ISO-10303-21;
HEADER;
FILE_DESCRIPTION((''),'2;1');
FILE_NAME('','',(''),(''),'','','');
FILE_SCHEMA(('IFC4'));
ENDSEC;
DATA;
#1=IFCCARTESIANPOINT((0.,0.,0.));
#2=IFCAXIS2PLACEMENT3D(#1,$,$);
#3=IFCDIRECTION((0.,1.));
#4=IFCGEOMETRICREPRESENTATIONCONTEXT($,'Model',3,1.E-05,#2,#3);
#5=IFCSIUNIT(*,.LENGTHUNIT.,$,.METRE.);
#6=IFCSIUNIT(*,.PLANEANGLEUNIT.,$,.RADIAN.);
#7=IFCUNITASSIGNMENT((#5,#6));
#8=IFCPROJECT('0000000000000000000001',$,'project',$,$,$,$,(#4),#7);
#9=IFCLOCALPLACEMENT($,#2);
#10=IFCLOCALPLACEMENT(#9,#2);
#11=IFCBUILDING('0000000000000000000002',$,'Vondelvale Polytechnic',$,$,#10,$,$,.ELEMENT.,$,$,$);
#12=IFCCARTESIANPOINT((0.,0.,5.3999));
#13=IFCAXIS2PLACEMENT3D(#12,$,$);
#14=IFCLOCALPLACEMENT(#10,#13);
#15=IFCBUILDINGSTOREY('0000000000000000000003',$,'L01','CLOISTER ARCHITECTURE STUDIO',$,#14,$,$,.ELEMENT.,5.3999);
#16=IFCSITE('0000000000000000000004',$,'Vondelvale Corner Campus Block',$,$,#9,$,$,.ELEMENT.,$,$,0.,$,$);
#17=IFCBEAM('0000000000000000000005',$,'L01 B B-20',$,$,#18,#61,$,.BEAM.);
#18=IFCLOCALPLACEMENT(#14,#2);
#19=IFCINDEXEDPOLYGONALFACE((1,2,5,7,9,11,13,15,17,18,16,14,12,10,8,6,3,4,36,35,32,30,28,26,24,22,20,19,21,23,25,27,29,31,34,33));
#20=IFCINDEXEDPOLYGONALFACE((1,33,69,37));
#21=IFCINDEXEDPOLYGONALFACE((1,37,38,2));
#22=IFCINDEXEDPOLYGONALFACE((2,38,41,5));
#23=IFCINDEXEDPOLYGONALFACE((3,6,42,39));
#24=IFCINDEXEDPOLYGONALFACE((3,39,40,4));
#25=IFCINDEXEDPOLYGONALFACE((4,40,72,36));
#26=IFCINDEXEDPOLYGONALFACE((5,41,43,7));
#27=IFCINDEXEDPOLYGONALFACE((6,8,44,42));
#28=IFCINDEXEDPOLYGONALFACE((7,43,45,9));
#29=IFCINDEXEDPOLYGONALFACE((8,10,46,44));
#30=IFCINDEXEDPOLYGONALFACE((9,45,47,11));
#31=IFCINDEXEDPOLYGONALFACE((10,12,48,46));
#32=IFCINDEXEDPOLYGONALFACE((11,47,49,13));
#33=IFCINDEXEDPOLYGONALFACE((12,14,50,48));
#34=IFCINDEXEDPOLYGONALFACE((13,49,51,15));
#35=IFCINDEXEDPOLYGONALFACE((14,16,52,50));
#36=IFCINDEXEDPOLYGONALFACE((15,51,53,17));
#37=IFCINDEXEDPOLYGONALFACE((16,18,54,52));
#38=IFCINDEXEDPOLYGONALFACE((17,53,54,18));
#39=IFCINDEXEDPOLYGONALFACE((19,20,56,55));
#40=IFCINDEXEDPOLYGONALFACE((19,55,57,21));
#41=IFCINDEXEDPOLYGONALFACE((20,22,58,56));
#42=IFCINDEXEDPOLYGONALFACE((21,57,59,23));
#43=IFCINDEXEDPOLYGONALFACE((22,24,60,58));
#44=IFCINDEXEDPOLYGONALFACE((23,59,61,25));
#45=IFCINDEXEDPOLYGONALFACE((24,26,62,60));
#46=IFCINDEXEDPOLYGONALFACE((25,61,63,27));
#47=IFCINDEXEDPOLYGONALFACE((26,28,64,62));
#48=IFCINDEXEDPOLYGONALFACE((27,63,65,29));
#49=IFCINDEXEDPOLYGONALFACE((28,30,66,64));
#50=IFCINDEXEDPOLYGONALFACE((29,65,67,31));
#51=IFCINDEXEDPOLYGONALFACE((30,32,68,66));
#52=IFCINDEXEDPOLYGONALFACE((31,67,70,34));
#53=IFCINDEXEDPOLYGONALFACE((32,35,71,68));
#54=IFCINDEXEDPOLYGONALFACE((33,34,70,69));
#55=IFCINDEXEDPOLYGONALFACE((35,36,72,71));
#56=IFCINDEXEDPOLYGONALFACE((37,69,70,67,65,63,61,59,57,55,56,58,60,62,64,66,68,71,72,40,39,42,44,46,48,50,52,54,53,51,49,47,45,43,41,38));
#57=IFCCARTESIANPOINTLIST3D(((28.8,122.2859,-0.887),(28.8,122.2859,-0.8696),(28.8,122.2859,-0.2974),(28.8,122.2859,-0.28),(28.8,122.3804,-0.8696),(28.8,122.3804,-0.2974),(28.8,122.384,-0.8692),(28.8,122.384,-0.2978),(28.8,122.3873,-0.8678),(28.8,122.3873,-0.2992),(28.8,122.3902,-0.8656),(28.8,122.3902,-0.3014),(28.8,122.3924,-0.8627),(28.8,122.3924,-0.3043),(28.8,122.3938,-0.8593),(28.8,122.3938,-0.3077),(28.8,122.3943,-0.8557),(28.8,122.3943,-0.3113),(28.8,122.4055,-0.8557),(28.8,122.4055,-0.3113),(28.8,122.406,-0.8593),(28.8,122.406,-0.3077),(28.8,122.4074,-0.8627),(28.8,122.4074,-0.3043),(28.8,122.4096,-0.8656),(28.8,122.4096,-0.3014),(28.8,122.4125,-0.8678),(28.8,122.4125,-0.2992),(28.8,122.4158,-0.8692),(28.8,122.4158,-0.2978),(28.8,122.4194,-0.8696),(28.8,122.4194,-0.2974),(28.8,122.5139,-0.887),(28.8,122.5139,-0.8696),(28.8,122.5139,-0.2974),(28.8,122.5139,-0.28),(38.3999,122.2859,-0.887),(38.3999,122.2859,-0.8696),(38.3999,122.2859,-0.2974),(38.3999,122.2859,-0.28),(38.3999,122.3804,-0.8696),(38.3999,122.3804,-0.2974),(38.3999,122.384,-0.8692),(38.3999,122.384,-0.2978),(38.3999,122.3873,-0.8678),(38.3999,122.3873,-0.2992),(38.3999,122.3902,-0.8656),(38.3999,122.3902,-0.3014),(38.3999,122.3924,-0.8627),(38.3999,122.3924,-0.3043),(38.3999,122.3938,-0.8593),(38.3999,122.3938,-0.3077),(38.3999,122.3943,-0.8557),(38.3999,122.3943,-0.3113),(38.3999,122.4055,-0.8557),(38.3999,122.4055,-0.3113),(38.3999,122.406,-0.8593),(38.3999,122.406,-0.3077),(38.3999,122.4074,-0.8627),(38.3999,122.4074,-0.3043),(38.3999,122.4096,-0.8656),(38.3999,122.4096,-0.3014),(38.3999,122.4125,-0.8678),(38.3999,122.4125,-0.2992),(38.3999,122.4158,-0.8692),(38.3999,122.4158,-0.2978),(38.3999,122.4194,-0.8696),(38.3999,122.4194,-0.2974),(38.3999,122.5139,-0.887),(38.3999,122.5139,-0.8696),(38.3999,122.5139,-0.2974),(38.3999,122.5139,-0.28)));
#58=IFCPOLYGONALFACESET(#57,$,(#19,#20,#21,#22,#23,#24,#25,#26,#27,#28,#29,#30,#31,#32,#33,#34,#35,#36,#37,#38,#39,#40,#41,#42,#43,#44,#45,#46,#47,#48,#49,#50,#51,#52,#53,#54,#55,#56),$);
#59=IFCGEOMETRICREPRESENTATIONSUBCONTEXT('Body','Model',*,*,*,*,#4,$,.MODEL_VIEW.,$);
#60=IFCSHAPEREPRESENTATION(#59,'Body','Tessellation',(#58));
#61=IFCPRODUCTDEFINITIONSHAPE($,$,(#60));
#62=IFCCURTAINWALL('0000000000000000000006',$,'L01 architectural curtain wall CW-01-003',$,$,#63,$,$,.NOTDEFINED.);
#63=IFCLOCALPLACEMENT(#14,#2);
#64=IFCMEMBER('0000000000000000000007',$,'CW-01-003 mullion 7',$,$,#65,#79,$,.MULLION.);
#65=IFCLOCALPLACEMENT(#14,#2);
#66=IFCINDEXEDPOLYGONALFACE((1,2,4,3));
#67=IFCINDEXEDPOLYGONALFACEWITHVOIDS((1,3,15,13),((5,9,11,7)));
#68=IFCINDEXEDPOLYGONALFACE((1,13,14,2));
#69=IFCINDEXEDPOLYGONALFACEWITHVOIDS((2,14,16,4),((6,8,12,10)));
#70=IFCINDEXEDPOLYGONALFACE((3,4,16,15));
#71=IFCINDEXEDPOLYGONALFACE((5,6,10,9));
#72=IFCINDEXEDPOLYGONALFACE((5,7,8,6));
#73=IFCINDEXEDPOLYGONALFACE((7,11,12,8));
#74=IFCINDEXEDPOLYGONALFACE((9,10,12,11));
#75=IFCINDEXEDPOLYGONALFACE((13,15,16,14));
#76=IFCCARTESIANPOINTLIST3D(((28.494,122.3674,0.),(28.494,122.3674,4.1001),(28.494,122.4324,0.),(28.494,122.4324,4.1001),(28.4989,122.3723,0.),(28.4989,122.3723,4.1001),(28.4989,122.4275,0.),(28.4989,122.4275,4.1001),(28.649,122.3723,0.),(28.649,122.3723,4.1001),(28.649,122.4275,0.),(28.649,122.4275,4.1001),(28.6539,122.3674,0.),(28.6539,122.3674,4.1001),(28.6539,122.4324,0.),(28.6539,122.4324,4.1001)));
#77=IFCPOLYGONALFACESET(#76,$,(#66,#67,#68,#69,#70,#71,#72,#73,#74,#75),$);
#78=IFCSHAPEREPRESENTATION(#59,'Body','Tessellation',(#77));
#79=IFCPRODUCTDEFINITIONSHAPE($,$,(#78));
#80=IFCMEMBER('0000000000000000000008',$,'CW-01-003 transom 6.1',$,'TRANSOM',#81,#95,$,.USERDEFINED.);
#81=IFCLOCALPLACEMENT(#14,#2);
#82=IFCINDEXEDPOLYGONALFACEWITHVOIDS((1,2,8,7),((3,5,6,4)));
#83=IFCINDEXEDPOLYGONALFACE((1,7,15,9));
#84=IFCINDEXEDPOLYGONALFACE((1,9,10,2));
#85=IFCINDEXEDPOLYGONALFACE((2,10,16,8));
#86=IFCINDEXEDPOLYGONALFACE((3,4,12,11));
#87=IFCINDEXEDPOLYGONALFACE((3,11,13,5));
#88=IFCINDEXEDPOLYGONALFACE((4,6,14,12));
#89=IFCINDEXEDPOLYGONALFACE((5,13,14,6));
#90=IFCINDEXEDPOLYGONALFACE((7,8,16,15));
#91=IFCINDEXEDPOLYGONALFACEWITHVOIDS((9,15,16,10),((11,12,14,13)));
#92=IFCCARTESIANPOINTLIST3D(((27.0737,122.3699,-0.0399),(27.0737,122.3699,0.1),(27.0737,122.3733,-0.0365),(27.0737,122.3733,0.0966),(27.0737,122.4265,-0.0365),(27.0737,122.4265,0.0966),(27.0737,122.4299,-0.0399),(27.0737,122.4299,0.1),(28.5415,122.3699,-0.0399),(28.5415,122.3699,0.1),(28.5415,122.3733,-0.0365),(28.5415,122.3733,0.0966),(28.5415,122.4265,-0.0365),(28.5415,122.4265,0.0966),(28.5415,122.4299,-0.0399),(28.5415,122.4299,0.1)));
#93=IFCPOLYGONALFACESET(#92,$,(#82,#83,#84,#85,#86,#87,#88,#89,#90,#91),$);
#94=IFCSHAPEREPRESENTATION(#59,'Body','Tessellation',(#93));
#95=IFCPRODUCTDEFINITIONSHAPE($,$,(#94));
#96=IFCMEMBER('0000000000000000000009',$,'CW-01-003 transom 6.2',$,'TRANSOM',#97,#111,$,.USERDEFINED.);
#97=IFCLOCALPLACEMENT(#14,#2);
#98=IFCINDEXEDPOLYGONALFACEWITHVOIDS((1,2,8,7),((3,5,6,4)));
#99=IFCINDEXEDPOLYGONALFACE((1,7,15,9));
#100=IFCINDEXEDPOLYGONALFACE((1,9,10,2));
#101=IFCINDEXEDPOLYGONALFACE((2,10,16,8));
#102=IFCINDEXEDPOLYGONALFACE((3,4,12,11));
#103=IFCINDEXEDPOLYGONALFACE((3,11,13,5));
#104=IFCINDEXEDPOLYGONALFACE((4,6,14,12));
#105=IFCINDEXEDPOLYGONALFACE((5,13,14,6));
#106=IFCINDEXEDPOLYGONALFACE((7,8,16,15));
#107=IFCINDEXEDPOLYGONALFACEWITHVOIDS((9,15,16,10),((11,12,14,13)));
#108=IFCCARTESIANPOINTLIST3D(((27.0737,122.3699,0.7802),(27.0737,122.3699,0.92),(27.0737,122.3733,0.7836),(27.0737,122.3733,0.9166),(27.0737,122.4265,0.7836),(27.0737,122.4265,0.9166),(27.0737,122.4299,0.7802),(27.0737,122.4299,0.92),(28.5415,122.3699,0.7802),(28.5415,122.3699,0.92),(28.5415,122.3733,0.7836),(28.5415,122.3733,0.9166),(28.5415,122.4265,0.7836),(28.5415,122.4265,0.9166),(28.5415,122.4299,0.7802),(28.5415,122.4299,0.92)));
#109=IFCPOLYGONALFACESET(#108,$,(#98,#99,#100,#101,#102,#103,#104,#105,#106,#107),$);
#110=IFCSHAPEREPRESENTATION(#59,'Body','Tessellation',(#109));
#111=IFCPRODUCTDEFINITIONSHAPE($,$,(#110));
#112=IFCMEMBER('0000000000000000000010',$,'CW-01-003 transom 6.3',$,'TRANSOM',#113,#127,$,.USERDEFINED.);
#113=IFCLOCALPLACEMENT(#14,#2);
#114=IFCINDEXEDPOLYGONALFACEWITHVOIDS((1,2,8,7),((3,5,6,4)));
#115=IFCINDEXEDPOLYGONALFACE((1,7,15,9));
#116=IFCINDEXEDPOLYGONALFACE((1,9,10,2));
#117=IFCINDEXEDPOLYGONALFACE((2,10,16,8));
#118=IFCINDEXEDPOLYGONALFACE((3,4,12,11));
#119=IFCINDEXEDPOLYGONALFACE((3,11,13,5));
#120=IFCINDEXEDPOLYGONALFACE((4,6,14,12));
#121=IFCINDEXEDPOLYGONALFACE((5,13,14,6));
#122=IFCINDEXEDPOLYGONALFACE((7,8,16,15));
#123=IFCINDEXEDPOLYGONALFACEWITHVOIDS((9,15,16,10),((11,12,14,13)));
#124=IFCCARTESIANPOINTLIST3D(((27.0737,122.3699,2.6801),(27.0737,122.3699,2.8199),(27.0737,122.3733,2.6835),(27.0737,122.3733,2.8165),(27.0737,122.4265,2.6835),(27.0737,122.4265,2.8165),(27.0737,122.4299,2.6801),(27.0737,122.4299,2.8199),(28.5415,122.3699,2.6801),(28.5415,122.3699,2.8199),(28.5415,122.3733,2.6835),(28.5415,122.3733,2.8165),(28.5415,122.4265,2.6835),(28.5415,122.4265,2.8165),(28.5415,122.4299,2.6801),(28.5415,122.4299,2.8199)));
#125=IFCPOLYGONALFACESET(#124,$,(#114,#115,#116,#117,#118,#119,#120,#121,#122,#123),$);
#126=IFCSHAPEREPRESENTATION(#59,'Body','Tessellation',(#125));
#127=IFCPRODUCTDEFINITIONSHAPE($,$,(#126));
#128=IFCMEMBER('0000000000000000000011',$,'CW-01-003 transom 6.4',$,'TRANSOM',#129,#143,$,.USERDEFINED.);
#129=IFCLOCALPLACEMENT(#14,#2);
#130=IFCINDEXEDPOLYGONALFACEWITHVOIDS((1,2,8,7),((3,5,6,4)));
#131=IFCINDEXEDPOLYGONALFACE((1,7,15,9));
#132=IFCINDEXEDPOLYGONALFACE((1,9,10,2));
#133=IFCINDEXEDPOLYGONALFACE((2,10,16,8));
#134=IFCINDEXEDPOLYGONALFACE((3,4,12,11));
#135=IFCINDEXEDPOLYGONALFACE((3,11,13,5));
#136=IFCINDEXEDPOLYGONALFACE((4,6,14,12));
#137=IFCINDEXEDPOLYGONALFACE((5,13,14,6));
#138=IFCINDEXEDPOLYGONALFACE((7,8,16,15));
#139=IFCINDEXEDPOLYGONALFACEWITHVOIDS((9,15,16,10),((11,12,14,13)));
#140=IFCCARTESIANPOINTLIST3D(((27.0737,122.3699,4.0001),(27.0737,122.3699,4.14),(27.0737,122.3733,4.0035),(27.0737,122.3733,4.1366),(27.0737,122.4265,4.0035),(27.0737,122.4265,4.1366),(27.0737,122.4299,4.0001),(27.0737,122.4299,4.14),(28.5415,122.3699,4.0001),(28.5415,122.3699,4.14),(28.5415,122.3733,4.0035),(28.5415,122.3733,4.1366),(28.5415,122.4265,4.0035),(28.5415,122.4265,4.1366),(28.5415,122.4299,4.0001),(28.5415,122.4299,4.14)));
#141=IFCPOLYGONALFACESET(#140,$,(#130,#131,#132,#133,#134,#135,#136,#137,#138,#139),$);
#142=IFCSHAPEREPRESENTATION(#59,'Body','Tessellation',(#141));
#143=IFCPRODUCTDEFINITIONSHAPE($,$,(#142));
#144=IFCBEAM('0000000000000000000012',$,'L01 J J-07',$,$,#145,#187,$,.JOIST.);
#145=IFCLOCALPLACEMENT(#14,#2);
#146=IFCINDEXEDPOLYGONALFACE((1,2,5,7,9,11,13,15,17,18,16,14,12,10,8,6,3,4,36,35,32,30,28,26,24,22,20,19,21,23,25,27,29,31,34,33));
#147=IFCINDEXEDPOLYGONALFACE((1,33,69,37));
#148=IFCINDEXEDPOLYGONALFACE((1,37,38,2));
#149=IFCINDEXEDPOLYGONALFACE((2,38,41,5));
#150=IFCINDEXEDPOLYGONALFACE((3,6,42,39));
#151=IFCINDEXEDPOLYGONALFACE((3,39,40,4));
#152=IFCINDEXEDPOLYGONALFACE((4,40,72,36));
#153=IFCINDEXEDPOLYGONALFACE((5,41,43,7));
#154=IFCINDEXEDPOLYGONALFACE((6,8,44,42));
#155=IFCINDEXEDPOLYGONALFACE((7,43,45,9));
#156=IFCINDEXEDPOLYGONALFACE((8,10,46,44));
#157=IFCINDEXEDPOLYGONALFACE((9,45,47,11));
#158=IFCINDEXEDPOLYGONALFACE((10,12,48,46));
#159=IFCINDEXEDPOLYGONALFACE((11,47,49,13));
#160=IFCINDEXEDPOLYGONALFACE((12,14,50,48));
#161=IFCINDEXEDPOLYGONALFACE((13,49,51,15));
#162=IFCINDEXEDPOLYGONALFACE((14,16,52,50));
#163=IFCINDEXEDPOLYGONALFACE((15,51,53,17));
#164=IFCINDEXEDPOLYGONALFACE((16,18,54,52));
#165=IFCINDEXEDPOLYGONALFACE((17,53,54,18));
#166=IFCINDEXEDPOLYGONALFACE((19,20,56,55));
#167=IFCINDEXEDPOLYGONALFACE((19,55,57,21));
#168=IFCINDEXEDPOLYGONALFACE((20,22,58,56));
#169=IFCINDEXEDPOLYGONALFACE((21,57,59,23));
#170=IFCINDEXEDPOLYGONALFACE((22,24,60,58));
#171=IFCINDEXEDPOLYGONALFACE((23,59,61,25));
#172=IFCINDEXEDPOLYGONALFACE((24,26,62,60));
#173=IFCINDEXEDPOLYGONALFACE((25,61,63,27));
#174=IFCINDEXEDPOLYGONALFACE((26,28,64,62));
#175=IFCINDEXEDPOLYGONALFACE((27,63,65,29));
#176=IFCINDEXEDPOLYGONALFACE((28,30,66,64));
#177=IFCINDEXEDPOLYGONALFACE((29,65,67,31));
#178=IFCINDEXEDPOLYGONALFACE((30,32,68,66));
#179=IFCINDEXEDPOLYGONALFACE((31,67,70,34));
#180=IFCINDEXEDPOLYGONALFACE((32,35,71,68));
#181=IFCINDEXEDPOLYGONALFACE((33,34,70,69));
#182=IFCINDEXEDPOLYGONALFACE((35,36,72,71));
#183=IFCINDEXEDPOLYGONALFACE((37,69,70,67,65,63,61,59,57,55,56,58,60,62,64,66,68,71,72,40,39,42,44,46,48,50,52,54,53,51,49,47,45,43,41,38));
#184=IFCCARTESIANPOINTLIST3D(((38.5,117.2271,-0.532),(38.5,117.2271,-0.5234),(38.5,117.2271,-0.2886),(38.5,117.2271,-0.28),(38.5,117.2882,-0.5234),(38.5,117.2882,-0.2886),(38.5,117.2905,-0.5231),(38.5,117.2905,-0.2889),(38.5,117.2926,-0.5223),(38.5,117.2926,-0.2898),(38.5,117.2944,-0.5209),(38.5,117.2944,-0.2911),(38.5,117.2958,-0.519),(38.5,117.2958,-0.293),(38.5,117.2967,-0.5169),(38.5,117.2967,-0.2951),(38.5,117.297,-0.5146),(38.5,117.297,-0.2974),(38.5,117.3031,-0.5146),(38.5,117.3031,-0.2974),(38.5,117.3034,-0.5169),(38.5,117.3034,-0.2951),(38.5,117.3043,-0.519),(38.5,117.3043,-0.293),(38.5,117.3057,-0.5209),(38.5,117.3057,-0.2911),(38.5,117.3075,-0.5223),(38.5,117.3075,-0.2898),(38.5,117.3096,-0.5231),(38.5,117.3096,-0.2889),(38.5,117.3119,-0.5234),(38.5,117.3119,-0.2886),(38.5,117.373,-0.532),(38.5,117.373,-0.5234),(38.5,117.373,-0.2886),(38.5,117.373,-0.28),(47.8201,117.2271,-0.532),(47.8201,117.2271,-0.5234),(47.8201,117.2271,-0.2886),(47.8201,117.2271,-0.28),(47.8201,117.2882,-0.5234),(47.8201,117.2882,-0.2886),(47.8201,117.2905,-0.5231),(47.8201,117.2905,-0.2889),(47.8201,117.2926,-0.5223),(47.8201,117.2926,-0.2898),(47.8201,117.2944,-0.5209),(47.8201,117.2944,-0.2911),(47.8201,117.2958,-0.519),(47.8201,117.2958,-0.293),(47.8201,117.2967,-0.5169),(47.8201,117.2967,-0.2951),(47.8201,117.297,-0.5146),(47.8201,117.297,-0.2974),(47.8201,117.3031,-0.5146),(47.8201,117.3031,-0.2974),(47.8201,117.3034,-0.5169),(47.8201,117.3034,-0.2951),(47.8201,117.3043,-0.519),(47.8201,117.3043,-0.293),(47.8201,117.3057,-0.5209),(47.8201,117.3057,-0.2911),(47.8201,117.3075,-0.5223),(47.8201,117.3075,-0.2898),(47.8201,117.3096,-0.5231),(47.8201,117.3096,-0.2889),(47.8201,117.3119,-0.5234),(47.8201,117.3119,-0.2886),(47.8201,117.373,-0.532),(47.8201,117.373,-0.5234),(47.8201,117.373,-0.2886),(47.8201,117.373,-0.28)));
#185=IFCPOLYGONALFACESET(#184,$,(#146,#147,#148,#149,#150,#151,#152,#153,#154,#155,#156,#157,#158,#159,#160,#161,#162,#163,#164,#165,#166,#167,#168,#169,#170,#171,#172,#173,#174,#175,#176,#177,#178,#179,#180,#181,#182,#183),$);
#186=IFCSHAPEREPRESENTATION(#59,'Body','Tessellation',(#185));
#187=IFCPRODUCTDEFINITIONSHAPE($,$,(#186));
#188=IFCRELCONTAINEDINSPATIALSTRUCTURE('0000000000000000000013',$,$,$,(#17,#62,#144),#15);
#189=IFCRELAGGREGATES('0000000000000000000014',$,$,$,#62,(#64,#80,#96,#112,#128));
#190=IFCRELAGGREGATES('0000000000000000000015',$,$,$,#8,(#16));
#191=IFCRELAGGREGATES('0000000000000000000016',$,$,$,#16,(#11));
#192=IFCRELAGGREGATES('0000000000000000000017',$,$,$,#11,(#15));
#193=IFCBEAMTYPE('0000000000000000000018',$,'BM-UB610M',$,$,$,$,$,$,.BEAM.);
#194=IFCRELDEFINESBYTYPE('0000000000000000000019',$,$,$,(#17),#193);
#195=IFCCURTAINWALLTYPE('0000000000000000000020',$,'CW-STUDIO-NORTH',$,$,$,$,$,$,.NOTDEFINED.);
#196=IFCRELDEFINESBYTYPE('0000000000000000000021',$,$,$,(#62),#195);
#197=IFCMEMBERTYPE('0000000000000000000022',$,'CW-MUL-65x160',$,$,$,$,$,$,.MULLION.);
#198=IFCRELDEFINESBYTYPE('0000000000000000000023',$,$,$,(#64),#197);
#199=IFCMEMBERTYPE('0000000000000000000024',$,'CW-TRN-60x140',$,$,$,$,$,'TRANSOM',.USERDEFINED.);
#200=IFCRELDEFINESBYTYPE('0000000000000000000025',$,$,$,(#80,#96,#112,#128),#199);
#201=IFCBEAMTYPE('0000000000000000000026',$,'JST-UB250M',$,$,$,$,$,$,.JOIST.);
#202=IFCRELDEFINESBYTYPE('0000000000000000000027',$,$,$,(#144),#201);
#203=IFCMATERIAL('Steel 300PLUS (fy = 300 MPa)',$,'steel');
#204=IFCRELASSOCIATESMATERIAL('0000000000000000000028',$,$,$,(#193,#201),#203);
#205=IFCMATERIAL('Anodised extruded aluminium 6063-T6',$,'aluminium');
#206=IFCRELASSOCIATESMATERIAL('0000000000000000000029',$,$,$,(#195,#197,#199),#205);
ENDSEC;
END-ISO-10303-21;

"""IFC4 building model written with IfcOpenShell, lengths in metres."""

from ifc_helpers import new_model, si_unit, direction, frame, origin, origin_2d, place, context, subcontext, project, spatial, hollow_rectangle, i_section, extrude, material, material_profile, profile_set, type_object, element, aggregate, save


model = new_model("IFC4")

# Units and contexts
model_context = context("Model", 3, precision=1e-05, world=origin(), true_north=direction((0.0, 1.0)))
body_context = subcontext(model_context, "Body", "Model", "MODEL_VIEW")
ifc_project = project(units=[si_unit("LENGTHUNIT", "METRE"), si_unit("PLANEANGLEUNIT", "RADIAN")], contexts=[model_context])

# Site, building, storey
site_placement = place(None, origin())
site = spatial("IfcSite", under=ifc_project, at=site_placement, Name="Vondelvale Corner Campus Block", CompositionType="ELEMENT", RefElevation=0.0)
building_placement = place(site_placement, origin())
building = spatial("IfcBuilding", under=site, at=building_placement, Name="Vondelvale Polytechnic", CompositionType="ELEMENT")
storey_placement = place(building_placement, frame((0.0, 0.0, 5.3999)))
storey = spatial("IfcBuildingStorey", under=building, at=storey_placement, Name="L01", Description="CLOISTER ARCHITECTURE STUDIO", CompositionType="ELEMENT", Elevation=5.3999)

# Shared definitions
ifc_material_1 = material(Name="Steel 300PLUS (fy = 300 MPa)", Category="steel")

# Beam
ifc_material_profile_1 = material_profile(ifc_material_1, i_section(OverallWidth=0.228, OverallDepth=0.6069, WebThickness=0.0112, FlangeThickness=0.0173, FilletRadius=0.0139, at=origin_2d()), Name="610UB113")
ifc_profile_set_1 = profile_set([ifc_material_profile_1], Name="Steel 300PLUS (fy = 300 MPa)")
beam_type_1 = type_object("IfcBeamType", Name="BM-UB610M", PredefinedType="BEAM", material=ifc_profile_set_1)
beam_1_placement = place(storey_placement, frame((28.8, 122.3999, -0.5835), z_axis=(1.0, 0.0, 0.0), x_axis=(0.0, 1.0, 0.0)))
element("IfcBeam", 1, at=beam_1_placement, inside=storey, type_object=beam_type_1, Name="L01 B B-20", PredefinedType="BEAM", context=body_context, shape_type="SweptSolid", body=[
    extrude(i_section(OverallWidth=0.228, OverallDepth=0.6069, WebThickness=0.0112, FlangeThickness=0.0173, FilletRadius=0.0139, at=origin_2d()), origin(), (0.0, 0.0, 1.0), 9.5999),
])

# Curtain wall, members
ifc_material_2 = material(Name="Anodised extruded aluminium 6063-T6", Category="aluminium")
curtain_wall_type = type_object("IfcCurtainWallType", Name="CW-STUDIO-NORTH", PredefinedType="NOTDEFINED", material=ifc_material_2)
curtain_wall_placement = place(storey_placement, origin())
curtain_wall = element("IfcCurtainWall", 2, at=curtain_wall_placement, inside=storey, type_object=curtain_wall_type, Name="L01 architectural curtain wall CW-01-003", PredefinedType="NOTDEFINED")
ifc_material_profile_2 = material_profile(ifc_material_2, hollow_rectangle(XDim=0.0649, YDim=0.1599, WallThickness=0.0049, at=origin_2d()), Name="CW-MUL-160x65")
ifc_profile_set_2 = profile_set([ifc_material_profile_2], Name="Anodised extruded aluminium 6063-T6")
member_type_1 = type_object("IfcMemberType", Name="CW-MUL-65x160", PredefinedType="MULLION", material=ifc_profile_set_2)
member_1_placement = place(storey_placement, frame((28.574, 122.3999, 0.0), z_axis=(0.0, 0.0, 1.0), x_axis=(0.0, 1.0, 0.0)))
member_1 = element("IfcMember", 3, at=member_1_placement, type_object=member_type_1, Name="CW-01-003 mullion 7", PredefinedType="MULLION", context=body_context, shape_type="SweptSolid", body=[
    extrude(hollow_rectangle(XDim=0.0649, YDim=0.1599, WallThickness=0.0049, at=origin_2d()), origin(), (0.0, 0.0, 1.0), 4.1001),
])
ifc_material_profile_3 = material_profile(ifc_material_2, hollow_rectangle(XDim=0.0601, YDim=0.1399, WallThickness=0.0034, at=origin_2d()), Name="CW-TRN-140x60")
ifc_profile_set_3 = profile_set([ifc_material_profile_3], Name="Anodised extruded aluminium 6063-T6")
member_type_2 = type_object("IfcMemberType", Name="CW-TRN-60x140", ElementType="TRANSOM", PredefinedType="USERDEFINED", material=ifc_profile_set_3)
member_2_placement = place(storey_placement, frame((27.0737, 122.3999, 0.03), z_axis=(1.0, 0.0, 0.0), x_axis=(0.0, 1.0, 0.0)))
member_2 = element("IfcMember", 4, at=member_2_placement, type_object=member_type_2, Name="CW-01-003 transom 6.1", ObjectType="TRANSOM", PredefinedType="USERDEFINED", context=body_context, shape_type="SweptSolid", body=[
    extrude(hollow_rectangle(XDim=0.0601, YDim=0.1399, WallThickness=0.0034, at=origin_2d()), origin(), (0.0, 0.0, 1.0), 1.4678),
])
member_3_placement = place(storey_placement, frame((27.0737, 122.3999, 0.8501), z_axis=(1.0, 0.0, 0.0), x_axis=(0.0, 1.0, 0.0)))
member_3 = element("IfcMember", 5, at=member_3_placement, type_object=member_type_2, Name="CW-01-003 transom 6.2", ObjectType="TRANSOM", PredefinedType="USERDEFINED", context=body_context, shape_type="SweptSolid", body=[
    extrude(hollow_rectangle(XDim=0.0601, YDim=0.1399, WallThickness=0.0034, at=origin_2d()), origin(), (0.0, 0.0, 1.0), 1.4678),
])
member_4_placement = place(storey_placement, frame((27.0737, 122.3999, 2.75), z_axis=(1.0, 0.0, 0.0), x_axis=(0.0, 1.0, 0.0)))
member_4 = element("IfcMember", 6, at=member_4_placement, type_object=member_type_2, Name="CW-01-003 transom 6.3", ObjectType="TRANSOM", PredefinedType="USERDEFINED", context=body_context, shape_type="SweptSolid", body=[
    extrude(hollow_rectangle(XDim=0.0601, YDim=0.1399, WallThickness=0.0034, at=origin_2d()), origin(), (0.0, 0.0, 1.0), 1.4678),
])
member_5_placement = place(storey_placement, frame((27.0737, 122.3999, 4.0701), z_axis=(1.0, 0.0, 0.0), x_axis=(0.0, 1.0, 0.0)))
member_5 = element("IfcMember", 7, at=member_5_placement, type_object=member_type_2, Name="CW-01-003 transom 6.4", ObjectType="TRANSOM", PredefinedType="USERDEFINED", context=body_context, shape_type="SweptSolid", body=[
    extrude(hollow_rectangle(XDim=0.0601, YDim=0.1399, WallThickness=0.0034, at=origin_2d()), origin(), (0.0, 0.0, 1.0), 1.4678),
])

# Beam
ifc_material_profile_4 = material_profile(ifc_material_1, i_section(OverallWidth=0.146, OverallDepth=0.252, WebThickness=0.0061, FlangeThickness=0.0085, FilletRadius=0.0088, at=origin_2d()), Name="250UB31.4")
ifc_profile_set_4 = profile_set([ifc_material_profile_4], Name="Steel 300PLUS (fy = 300 MPa)")
beam_type_2 = type_object("IfcBeamType", Name="JST-UB250M", PredefinedType="JOIST", material=ifc_profile_set_4)
beam_2_placement = place(storey_placement, frame((38.5, 117.3, -0.406), z_axis=(1.0, 0.0, 0.0), x_axis=(0.0, 1.0, 0.0)))
element("IfcBeam", 8, at=beam_2_placement, inside=storey, type_object=beam_type_2, Name="L01 J J-07", PredefinedType="JOIST", context=body_context, shape_type="SweptSolid", body=[
    extrude(i_section(OverallWidth=0.146, OverallDepth=0.252, WebThickness=0.0061, FlangeThickness=0.0085, FilletRadius=0.0088, at=origin_2d()), origin(), (0.0, 0.0, 1.0), 9.3201),
])

aggregate(curtain_wall, [member_1, member_2, member_3, member_4, member_5])

save(model, "model.ifc")
